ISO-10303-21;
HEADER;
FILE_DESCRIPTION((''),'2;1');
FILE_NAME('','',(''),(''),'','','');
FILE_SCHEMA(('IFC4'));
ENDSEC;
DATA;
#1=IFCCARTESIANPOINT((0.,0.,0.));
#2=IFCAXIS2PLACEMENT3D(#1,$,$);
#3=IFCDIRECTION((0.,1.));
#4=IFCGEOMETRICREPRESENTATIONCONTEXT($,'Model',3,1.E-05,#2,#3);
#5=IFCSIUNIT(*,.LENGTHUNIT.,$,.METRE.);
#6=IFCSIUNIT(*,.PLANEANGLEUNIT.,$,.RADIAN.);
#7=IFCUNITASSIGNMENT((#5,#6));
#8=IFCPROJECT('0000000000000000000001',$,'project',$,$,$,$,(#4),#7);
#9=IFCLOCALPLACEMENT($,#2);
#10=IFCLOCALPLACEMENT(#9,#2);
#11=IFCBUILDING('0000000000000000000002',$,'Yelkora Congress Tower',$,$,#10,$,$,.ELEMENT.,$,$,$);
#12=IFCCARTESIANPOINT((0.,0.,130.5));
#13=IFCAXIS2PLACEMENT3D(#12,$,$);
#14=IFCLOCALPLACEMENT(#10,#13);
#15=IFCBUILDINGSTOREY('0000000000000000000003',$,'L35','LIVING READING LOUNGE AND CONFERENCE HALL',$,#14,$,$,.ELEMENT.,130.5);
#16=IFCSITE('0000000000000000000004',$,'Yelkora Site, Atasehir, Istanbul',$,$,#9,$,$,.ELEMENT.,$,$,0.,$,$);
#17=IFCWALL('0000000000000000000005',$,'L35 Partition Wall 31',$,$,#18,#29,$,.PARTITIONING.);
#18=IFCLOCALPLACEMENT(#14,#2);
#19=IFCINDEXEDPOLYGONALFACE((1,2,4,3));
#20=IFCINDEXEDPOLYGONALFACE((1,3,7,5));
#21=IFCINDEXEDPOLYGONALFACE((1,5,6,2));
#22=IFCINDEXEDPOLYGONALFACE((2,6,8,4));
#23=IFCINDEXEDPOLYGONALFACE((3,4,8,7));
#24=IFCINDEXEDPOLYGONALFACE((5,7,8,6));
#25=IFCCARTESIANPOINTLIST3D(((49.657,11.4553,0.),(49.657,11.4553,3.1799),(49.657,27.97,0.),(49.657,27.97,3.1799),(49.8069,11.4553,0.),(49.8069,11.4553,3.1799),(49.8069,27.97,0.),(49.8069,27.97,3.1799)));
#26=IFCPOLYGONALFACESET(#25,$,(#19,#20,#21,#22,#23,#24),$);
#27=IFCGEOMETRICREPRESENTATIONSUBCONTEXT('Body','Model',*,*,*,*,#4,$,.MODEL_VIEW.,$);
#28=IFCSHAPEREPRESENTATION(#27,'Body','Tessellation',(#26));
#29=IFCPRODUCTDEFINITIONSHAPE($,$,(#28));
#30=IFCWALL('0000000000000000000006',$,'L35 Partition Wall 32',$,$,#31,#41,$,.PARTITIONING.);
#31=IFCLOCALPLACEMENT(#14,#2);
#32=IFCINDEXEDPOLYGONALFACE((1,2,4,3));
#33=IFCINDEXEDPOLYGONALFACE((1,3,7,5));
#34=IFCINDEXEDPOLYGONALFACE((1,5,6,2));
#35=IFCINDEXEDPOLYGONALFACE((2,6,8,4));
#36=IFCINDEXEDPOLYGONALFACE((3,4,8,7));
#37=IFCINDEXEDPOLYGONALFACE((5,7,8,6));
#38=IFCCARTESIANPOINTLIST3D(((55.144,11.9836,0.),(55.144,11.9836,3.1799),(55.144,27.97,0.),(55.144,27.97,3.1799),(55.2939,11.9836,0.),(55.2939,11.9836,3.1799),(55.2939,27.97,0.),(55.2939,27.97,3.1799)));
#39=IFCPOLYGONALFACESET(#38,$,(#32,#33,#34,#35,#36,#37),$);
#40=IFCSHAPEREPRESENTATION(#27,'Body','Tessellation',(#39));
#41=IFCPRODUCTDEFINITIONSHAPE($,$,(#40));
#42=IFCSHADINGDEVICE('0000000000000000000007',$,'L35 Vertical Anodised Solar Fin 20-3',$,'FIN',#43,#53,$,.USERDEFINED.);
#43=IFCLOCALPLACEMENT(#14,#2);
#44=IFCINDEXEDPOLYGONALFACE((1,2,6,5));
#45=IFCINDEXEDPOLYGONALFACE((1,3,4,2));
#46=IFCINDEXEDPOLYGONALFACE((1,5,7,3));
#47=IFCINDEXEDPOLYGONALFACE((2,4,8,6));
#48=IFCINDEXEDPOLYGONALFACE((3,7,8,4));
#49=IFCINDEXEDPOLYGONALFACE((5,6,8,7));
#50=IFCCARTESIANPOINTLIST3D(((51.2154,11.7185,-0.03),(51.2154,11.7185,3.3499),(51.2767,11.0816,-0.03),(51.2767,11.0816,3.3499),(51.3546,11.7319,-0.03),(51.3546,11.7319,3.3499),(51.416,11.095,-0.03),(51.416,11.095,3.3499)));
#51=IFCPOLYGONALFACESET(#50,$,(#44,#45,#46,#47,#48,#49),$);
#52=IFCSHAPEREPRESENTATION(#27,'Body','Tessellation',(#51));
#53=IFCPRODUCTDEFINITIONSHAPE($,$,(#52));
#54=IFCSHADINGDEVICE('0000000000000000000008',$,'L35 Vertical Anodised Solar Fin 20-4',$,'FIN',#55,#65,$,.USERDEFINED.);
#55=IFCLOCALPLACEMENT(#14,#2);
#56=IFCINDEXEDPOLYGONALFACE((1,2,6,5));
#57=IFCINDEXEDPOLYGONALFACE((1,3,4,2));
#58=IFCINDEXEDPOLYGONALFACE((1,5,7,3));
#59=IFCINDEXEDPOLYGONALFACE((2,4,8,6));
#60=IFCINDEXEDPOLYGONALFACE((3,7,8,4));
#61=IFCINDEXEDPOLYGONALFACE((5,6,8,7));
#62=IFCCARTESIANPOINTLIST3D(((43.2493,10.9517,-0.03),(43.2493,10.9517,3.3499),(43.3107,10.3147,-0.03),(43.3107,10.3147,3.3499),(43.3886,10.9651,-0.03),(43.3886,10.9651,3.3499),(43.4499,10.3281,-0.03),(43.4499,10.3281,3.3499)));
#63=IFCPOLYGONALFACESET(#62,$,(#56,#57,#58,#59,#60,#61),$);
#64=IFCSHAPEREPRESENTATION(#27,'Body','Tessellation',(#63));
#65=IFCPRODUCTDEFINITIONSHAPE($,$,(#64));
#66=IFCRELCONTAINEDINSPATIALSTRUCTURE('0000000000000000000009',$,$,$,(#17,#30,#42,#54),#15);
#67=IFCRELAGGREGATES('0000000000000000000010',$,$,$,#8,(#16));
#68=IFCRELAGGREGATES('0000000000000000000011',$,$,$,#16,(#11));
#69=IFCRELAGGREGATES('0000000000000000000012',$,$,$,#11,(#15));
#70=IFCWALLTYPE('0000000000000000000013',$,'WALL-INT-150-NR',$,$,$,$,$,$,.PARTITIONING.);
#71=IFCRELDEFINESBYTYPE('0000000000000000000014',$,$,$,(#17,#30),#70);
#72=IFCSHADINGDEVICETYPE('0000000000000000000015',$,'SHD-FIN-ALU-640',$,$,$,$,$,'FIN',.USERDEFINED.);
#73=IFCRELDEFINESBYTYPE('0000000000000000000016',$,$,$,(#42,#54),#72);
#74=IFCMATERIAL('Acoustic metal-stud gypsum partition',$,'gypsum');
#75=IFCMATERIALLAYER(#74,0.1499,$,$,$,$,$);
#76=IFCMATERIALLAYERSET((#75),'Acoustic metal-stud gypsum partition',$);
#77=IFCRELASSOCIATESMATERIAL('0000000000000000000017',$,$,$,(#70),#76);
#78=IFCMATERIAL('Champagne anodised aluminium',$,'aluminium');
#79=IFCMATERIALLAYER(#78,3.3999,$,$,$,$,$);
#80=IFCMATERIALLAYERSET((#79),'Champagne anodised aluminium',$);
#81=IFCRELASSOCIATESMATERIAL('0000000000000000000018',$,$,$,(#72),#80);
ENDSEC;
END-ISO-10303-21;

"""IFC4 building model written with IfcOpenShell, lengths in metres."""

from ifc_helpers import new_model, si_unit, direction, frame, frame_2d, origin, origin_2d, place, context, subcontext, project, spatial, rectangle, extrude, material, layer, layer_set, type_object, element, save


model = new_model("IFC4")

# Units and contexts
model_context = context("Model", 3, precision=1e-05, world=origin(), true_north=direction((0.0, 1.0)))
body_context = subcontext(model_context, "Body", "Model", "MODEL_VIEW")
ifc_project = project(units=[si_unit("LENGTHUNIT", "METRE"), si_unit("PLANEANGLEUNIT", "RADIAN")], contexts=[model_context])

# Site, building, storey
site_placement = place(None, origin())
site = spatial("IfcSite", under=ifc_project, at=site_placement, Name="Yelkora Site, Atasehir, Istanbul", CompositionType="ELEMENT", RefElevation=0.0)
building_placement = place(site_placement, origin())
building = spatial("IfcBuilding", under=site, at=building_placement, Name="Yelkora Congress Tower", CompositionType="ELEMENT")
storey_placement = place(building_placement, frame((0.0, 0.0, 130.5)))
storey = spatial("IfcBuildingStorey", under=building, at=storey_placement, Name="L35", Description="LIVING READING LOUNGE AND CONFERENCE HALL", CompositionType="ELEMENT", Elevation=130.5)

# Walls
ifc_material_1 = material(Name="Acoustic metal-stud gypsum partition", Category="gypsum")
ifc_layer_1 = layer(ifc_material_1, 0.1499)
ifc_layer_set_1 = layer_set([ifc_layer_1], Name="Acoustic metal-stud gypsum partition")
wall_type = type_object("IfcWallType", Name="WALL-INT-150-NR", PredefinedType="PARTITIONING", material=ifc_layer_set_1)
wall_1_placement = place(storey_placement, frame((49.7319, 11.4553, 0.0), z_axis=(0.0, 0.0, 1.0), x_axis=(0.0, 1.0, 0.0)))
element("IfcWall", 1, at=wall_1_placement, inside=storey, type_object=wall_type, Name="L35 Partition Wall 31", PredefinedType="PARTITIONING", context=body_context, shape_type="SweptSolid", body=[
    extrude(rectangle(XDim=16.5146, YDim=0.1499, at=frame_2d((8.2573, 0.0))), origin(), (0.0, 0.0, 1.0), 3.1799),
])
wall_2_placement = place(storey_placement, frame((55.219, 11.9836, 0.0), z_axis=(0.0, 0.0, 1.0), x_axis=(0.0, 1.0, 0.0)))
element("IfcWall", 2, at=wall_2_placement, inside=storey, type_object=wall_type, Name="L35 Partition Wall 32", PredefinedType="PARTITIONING", context=body_context, shape_type="SweptSolid", body=[
    extrude(rectangle(XDim=15.9863, YDim=0.1499, at=frame_2d((7.9932, 0.0))), origin(), (0.0, 0.0, 1.0), 3.1799),
])

# Shading devices
ifc_material_2 = material(Name="Champagne anodised aluminium", Category="aluminium")
ifc_layer_2 = layer(ifc_material_2, 3.3999)
ifc_layer_set_2 = layer_set([ifc_layer_2], Name="Champagne anodised aluminium")
shading_device_type = type_object("IfcShadingDeviceType", Name="SHD-FIN-ALU-640", ElementType="FIN", PredefinedType="USERDEFINED", material=ifc_layer_set_2)
for number, where, z_axis, x_axis, name in (
    (3, (51.3157, 11.4067, -0.03), (0.0, 0.0, 1.0), (-0.995396, -0.095846, 0.0), "L35 Vertical Anodised Solar Fin 20-3"),
    (4, (43.3496, 10.6399, -0.03), (0.0, 0.0, 1.0), (-0.995396, -0.095846, 0.0), "L35 Vertical Anodised Solar Fin 20-4"),
):
    element("IfcShadingDevice", number, at=place(storey_placement, frame(where, z_axis=z_axis, x_axis=x_axis)), inside=storey, type_object=shading_device_type, Name=name, ObjectType="FIN", PredefinedType="USERDEFINED", context=body_context, shape_type="SweptSolid", body=[
        extrude(rectangle(XDim=0.1399, YDim=0.6399, at=origin_2d()), origin(), (0.0, 0.0, 1.0), 3.3799),
    ])

save(model, "model.ifc")
